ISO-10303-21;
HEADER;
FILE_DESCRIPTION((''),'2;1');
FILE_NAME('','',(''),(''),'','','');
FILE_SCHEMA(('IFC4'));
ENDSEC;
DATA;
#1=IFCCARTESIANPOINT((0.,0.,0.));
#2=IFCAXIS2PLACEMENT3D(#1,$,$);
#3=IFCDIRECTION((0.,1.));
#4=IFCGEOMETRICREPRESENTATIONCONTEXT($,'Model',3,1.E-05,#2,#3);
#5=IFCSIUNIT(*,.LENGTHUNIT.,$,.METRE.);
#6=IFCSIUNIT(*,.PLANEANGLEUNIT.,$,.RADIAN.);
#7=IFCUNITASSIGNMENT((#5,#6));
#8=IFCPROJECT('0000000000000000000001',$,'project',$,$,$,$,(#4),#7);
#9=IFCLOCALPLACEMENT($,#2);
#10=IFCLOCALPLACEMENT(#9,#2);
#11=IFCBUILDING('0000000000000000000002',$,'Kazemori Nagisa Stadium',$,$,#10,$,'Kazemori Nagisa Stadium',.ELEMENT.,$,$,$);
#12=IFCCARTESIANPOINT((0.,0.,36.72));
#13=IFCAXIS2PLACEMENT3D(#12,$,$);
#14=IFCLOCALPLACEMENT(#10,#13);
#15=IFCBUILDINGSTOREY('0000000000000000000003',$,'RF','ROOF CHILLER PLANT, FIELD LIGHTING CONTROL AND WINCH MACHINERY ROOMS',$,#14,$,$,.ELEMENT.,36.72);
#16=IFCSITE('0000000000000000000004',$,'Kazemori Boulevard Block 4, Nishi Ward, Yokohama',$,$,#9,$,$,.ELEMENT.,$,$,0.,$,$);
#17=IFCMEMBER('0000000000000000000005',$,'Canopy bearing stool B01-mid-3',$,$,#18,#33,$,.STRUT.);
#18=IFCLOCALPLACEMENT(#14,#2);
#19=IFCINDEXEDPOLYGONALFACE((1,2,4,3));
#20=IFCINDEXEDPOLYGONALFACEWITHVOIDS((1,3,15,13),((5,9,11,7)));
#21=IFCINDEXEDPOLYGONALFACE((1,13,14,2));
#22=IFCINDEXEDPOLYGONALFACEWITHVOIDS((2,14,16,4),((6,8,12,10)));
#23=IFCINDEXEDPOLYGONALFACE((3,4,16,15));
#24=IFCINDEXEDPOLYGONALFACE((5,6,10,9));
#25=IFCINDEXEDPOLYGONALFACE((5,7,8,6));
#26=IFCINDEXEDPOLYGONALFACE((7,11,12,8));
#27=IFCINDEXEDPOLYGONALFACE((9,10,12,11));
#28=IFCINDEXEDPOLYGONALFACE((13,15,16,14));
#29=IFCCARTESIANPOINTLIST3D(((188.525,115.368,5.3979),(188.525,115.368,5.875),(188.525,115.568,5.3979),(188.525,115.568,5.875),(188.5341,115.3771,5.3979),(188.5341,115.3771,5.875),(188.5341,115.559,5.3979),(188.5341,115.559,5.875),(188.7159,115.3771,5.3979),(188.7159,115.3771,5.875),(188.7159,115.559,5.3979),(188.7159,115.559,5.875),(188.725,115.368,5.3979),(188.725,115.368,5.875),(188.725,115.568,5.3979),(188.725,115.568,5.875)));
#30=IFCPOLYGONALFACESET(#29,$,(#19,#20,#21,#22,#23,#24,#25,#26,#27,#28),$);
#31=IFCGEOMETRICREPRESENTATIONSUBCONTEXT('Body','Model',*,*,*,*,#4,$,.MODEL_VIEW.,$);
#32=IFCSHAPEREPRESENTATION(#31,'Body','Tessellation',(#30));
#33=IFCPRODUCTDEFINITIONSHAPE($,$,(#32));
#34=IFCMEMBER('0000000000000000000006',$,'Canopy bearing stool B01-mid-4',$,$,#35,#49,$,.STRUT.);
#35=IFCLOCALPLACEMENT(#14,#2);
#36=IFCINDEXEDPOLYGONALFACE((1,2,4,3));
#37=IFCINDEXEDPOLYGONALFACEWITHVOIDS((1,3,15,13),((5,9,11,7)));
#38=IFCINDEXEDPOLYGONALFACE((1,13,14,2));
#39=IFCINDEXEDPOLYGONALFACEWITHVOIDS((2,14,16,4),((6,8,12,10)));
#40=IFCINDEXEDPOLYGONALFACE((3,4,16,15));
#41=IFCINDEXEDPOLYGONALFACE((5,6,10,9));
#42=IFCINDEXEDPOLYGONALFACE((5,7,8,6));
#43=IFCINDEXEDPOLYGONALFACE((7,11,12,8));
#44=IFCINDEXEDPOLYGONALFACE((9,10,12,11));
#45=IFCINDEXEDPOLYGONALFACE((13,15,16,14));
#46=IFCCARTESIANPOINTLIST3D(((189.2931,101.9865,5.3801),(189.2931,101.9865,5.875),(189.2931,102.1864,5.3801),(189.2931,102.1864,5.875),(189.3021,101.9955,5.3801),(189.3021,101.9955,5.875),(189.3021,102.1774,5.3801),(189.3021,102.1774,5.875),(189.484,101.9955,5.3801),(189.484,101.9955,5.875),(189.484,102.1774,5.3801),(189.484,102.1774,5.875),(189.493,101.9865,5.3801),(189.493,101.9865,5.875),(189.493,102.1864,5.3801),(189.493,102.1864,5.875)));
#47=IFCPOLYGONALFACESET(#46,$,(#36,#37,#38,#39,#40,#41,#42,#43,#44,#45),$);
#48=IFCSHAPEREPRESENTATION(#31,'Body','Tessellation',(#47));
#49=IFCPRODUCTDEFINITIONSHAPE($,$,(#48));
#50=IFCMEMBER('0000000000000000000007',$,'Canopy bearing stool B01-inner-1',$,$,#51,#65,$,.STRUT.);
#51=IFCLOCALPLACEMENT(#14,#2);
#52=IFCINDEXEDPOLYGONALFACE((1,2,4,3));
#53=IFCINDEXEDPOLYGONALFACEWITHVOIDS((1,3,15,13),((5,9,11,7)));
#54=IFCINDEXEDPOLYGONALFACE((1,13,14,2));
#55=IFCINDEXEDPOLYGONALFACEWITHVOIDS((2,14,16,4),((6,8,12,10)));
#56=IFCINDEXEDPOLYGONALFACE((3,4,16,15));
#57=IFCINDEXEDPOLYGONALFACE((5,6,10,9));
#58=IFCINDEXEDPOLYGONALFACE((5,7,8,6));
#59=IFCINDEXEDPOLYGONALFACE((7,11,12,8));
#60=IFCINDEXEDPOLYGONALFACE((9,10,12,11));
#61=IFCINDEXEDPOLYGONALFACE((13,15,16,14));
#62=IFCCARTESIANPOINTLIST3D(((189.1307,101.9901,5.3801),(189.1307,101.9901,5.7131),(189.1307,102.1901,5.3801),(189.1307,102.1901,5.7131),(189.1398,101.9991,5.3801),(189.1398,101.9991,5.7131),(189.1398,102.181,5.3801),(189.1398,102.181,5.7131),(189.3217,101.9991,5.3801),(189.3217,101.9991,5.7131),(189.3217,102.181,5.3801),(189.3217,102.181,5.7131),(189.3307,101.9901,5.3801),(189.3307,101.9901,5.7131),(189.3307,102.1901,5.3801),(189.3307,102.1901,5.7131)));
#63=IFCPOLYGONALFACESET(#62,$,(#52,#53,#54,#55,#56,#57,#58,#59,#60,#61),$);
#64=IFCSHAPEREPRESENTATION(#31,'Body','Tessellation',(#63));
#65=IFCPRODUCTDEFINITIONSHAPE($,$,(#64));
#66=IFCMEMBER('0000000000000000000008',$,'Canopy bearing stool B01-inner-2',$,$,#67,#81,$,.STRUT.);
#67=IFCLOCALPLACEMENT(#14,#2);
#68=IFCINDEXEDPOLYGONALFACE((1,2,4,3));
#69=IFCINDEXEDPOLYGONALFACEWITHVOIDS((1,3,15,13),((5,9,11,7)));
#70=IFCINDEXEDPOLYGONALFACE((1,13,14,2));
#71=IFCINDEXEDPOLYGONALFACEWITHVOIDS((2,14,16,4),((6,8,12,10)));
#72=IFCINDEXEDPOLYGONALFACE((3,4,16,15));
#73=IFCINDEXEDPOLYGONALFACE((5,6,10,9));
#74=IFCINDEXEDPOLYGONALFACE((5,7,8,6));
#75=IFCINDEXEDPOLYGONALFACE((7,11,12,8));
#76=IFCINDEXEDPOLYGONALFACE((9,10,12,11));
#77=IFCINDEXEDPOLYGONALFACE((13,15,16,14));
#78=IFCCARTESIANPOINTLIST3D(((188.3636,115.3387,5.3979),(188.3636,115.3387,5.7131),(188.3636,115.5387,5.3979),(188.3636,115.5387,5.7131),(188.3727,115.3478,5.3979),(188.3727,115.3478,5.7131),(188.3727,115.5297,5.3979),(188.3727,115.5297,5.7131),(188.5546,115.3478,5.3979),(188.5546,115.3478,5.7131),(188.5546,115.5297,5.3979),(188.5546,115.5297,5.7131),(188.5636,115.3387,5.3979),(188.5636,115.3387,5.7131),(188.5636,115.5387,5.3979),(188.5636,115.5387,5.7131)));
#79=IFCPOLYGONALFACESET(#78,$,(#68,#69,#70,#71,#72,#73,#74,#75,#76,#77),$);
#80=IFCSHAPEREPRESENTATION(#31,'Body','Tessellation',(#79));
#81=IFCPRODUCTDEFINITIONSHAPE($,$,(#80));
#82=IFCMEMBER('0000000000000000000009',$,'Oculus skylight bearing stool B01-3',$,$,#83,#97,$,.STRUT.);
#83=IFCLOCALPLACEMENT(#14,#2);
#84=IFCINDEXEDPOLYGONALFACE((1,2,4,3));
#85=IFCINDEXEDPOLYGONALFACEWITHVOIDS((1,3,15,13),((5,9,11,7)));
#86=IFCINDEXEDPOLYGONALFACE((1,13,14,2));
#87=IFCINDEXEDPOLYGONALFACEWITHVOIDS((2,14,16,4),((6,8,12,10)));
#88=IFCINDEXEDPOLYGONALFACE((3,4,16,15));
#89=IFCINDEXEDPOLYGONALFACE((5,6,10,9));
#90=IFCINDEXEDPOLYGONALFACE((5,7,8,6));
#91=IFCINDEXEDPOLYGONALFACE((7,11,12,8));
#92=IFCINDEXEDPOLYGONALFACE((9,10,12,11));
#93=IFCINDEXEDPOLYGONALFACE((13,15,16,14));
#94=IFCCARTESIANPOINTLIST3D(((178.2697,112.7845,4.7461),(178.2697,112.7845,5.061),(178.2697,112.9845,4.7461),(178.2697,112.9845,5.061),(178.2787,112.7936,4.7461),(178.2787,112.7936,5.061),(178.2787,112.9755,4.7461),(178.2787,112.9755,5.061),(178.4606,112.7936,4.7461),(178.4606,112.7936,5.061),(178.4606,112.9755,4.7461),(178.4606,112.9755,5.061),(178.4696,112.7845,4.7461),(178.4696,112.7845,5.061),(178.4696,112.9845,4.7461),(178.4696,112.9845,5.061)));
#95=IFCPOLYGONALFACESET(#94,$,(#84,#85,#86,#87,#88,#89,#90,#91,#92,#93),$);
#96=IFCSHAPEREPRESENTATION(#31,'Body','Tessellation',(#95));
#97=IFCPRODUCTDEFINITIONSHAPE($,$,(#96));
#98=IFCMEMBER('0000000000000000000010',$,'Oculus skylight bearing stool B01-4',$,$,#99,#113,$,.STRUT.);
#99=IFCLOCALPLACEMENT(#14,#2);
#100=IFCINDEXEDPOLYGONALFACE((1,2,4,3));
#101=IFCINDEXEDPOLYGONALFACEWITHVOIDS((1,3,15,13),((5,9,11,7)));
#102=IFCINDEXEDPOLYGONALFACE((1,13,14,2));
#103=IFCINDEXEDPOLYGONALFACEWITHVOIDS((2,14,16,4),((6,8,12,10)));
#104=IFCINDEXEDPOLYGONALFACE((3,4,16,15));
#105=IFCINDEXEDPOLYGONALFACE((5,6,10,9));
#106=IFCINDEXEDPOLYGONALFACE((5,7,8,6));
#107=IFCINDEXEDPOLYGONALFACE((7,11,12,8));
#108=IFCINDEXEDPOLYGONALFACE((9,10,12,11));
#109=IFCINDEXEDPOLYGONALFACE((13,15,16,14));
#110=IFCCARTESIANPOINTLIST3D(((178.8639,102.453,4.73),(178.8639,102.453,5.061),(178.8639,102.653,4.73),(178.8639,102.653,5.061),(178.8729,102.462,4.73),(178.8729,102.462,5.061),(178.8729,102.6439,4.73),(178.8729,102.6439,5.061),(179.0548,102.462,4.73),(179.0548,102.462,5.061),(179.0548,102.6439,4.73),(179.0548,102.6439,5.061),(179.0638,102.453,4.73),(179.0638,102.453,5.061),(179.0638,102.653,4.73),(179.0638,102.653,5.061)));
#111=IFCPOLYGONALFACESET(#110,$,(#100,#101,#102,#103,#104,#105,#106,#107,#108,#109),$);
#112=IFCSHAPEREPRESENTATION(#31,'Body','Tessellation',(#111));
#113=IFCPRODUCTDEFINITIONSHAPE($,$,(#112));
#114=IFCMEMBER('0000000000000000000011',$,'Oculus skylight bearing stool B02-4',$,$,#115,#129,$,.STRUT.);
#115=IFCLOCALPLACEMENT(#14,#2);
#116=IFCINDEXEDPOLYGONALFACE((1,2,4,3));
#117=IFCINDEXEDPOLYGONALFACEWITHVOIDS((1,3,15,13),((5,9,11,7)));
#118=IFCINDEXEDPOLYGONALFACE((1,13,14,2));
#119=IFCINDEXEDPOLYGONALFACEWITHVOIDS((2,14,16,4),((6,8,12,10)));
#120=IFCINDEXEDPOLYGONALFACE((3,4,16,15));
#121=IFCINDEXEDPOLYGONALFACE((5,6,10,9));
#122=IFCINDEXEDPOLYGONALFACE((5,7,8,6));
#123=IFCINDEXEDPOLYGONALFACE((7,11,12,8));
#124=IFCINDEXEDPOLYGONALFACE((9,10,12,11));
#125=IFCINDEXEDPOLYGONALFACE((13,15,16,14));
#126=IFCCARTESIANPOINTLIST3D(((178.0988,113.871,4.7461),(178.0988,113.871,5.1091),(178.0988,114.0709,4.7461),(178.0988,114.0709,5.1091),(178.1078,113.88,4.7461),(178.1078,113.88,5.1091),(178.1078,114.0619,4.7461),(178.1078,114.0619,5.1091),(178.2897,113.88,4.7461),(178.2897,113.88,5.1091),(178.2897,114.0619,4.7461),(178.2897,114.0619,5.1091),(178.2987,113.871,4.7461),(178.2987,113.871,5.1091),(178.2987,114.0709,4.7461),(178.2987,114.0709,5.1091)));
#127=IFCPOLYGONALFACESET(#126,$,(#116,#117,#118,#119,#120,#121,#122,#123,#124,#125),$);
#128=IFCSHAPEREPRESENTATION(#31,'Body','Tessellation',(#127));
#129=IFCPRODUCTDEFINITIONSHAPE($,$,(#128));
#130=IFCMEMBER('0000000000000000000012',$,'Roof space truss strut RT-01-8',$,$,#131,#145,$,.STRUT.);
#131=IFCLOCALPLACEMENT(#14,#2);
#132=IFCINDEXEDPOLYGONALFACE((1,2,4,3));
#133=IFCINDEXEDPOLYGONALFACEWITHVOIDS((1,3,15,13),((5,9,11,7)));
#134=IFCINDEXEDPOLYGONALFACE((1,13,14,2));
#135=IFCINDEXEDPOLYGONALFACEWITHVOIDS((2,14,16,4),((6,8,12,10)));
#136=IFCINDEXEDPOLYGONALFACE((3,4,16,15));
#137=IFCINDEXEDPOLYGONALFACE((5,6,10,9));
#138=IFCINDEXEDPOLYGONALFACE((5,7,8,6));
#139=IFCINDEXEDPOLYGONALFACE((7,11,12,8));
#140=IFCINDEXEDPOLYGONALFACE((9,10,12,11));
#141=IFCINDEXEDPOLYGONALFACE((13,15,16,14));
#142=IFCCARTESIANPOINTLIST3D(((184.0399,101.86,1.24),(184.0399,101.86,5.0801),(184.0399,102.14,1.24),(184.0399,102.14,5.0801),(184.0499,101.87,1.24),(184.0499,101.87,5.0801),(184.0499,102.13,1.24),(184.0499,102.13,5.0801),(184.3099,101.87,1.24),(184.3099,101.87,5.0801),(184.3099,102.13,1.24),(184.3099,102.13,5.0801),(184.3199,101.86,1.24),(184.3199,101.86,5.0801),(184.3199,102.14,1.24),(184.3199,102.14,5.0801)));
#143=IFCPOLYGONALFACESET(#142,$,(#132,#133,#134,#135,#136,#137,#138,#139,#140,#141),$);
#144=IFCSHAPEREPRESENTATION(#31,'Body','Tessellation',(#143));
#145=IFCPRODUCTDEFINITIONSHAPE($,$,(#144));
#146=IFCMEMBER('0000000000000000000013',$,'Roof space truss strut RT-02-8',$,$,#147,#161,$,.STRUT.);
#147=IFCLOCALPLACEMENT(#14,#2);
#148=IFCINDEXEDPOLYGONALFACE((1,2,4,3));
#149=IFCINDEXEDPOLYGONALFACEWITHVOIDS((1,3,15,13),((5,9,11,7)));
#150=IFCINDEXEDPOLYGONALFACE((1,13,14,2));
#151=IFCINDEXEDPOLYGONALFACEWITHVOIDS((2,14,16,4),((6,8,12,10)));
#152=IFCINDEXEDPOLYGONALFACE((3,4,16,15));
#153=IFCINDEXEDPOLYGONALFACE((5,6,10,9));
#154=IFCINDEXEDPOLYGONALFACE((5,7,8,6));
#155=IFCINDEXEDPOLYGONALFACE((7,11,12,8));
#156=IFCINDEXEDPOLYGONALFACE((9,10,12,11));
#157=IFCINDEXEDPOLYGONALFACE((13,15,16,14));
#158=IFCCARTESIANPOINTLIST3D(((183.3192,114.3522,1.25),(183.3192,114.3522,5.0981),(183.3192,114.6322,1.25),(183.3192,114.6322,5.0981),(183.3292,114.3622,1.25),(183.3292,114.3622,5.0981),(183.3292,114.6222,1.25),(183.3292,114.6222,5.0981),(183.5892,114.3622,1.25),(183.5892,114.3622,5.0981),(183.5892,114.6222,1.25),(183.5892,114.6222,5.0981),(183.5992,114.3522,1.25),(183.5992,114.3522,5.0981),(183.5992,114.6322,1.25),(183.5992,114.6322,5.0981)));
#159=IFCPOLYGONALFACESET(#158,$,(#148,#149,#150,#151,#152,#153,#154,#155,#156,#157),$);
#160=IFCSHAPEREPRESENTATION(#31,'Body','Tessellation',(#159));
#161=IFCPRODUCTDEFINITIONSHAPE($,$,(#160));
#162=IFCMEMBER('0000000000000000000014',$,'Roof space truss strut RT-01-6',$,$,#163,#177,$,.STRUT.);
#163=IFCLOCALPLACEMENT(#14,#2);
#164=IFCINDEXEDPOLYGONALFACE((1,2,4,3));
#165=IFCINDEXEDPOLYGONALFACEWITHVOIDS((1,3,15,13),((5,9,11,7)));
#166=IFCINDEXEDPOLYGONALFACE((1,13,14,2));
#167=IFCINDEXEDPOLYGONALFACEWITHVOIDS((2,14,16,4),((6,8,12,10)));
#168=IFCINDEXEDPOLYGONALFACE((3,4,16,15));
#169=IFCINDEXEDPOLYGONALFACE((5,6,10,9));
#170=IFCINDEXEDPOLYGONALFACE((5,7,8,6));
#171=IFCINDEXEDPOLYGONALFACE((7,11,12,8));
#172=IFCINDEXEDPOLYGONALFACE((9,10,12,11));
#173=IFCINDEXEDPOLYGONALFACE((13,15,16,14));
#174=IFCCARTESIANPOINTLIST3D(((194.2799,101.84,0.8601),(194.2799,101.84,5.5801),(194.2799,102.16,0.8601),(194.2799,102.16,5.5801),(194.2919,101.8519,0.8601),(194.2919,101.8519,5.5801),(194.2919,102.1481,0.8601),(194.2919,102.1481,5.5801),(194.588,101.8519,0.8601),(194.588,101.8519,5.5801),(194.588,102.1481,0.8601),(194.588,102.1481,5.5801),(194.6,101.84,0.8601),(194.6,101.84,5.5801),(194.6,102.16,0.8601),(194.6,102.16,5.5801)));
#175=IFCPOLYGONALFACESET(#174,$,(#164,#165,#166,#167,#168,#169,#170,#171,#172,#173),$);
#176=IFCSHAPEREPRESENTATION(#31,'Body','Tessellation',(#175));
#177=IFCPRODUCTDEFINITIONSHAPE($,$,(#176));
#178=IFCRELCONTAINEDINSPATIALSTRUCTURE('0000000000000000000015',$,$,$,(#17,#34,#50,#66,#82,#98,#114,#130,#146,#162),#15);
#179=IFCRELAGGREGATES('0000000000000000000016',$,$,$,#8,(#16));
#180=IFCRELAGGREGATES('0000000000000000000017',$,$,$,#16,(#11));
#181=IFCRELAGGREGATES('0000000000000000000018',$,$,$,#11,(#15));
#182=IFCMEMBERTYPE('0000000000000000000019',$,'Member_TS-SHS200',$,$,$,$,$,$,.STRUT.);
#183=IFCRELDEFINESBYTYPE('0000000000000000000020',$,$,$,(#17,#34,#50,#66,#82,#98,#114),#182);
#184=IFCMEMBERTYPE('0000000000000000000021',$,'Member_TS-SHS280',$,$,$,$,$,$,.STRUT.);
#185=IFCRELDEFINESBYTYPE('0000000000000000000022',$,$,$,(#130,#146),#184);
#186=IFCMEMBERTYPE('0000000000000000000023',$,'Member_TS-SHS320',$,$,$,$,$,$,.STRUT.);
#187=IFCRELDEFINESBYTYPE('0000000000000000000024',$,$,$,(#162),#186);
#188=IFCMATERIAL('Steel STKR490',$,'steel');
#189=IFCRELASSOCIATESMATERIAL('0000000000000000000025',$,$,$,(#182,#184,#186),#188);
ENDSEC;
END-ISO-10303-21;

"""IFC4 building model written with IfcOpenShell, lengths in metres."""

from ifc_helpers import new_model, si_unit, direction, frame, origin, origin_2d, place, context, subcontext, project, spatial, hollow_rectangle, extrude, material, material_profile, profile_set, type_object, element, save


model = new_model("IFC4")

# Units and contexts
model_context = context("Model", 3, precision=1e-05, world=origin(), true_north=direction((0.0, 1.0)))
body_context = subcontext(model_context, "Body", "Model", "MODEL_VIEW")
ifc_project = project(units=[si_unit("LENGTHUNIT", "METRE"), si_unit("PLANEANGLEUNIT", "RADIAN")], contexts=[model_context])

# Site, building, storey
site_placement = place(None, origin())
site = spatial("IfcSite", under=ifc_project, at=site_placement, Name="Kazemori Boulevard Block 4, Nishi Ward, Yokohama", CompositionType="ELEMENT", RefElevation=0.0)
building_placement = place(site_placement, origin())
building = spatial("IfcBuilding", under=site, at=building_placement, Name="Kazemori Nagisa Stadium", LongName="Kazemori Nagisa Stadium", CompositionType="ELEMENT")
storey_placement = place(building_placement, frame((0.0, 0.0, 36.72)))
storey = spatial("IfcBuildingStorey", under=building, at=storey_placement, Name="RF", Description="ROOF CHILLER PLANT, FIELD LIGHTING CONTROL AND WINCH MACHINERY ROOMS", CompositionType="ELEMENT", Elevation=36.72)

# Members
ifc_material_1 = material(Name="Steel STKR490", Category="steel")
ifc_material_profile_1 = material_profile(ifc_material_1, hollow_rectangle(XDim=0.2, YDim=0.2, WallThickness=0.009, at=origin_2d()), Name="SHS-200x200x9")
ifc_profile_set_1 = profile_set([ifc_material_profile_1], Name="Steel STKR490")
member_type_1 = type_object("IfcMemberType", Name="Member_TS-SHS200", PredefinedType="STRUT", material=ifc_profile_set_1)
member_1_placement = place(storey_placement, frame((188.625, 115.468, 5.3979), z_axis=(0.0, 0.0, 1.0), x_axis=(1.0, 0.0, 0.0)))
element("IfcMember", 1, at=member_1_placement, inside=storey, type_object=member_type_1, Name="Canopy bearing stool B01-mid-3", PredefinedType="STRUT", context=body_context, shape_type="SweptSolid", body=[
    extrude(hollow_rectangle(XDim=0.2, YDim=0.2, WallThickness=0.009, at=origin_2d()), origin(), (0.0, 0.0, 1.0), 0.4771),
])
member_2_placement = place(storey_placement, frame((189.3931, 102.0864, 5.3801), z_axis=(0.0, 0.0, 1.0), x_axis=(1.0, 0.0, 0.0)))
element("IfcMember", 2, at=member_2_placement, inside=storey, type_object=member_type_1, Name="Canopy bearing stool B01-mid-4", PredefinedType="STRUT", context=body_context, shape_type="SweptSolid", body=[
    extrude(hollow_rectangle(XDim=0.2, YDim=0.2, WallThickness=0.009, at=origin_2d()), origin(), (0.0, 0.0, 1.0), 0.4949),
])
member_3_placement = place(storey_placement, frame((189.2307, 102.0901, 5.3801), z_axis=(0.0, 0.0, 1.0), x_axis=(1.0, 0.0, 0.0)))
element("IfcMember", 3, at=member_3_placement, inside=storey, type_object=member_type_1, Name="Canopy bearing stool B01-inner-1", PredefinedType="STRUT", context=body_context, shape_type="SweptSolid", body=[
    extrude(hollow_rectangle(XDim=0.2, YDim=0.2, WallThickness=0.009, at=origin_2d()), origin(), (0.0, 0.0, 1.0), 0.333),
])
member_4_placement = place(storey_placement, frame((188.4636, 115.4387, 5.3979), z_axis=(0.0, 0.0, 1.0), x_axis=(1.0, 0.0, 0.0)))
element("IfcMember", 4, at=member_4_placement, inside=storey, type_object=member_type_1, Name="Canopy bearing stool B01-inner-2", PredefinedType="STRUT", context=body_context, shape_type="SweptSolid", body=[
    extrude(hollow_rectangle(XDim=0.2, YDim=0.2, WallThickness=0.009, at=origin_2d()), origin(), (0.0, 0.0, 1.0), 0.3152),
])
member_5_placement = place(storey_placement, frame((178.3696, 112.8845, 4.7461), z_axis=(0.0, 0.0, 1.0), x_axis=(1.0, 0.0, 0.0)))
element("IfcMember", 5, at=member_5_placement, inside=storey, type_object=member_type_1, Name="Oculus skylight bearing stool B01-3", PredefinedType="STRUT", context=body_context, shape_type="SweptSolid", body=[
    extrude(hollow_rectangle(XDim=0.2, YDim=0.2, WallThickness=0.009, at=origin_2d()), origin(), (0.0, 0.0, 1.0), 0.3149),
])
member_6_placement = place(storey_placement, frame((178.9639, 102.553, 4.73), z_axis=(0.0, 0.0, 1.0), x_axis=(1.0, 0.0, 0.0)))
element("IfcMember", 6, at=member_6_placement, inside=storey, type_object=member_type_1, Name="Oculus skylight bearing stool B01-4", PredefinedType="STRUT", context=body_context, shape_type="SweptSolid", body=[
    extrude(hollow_rectangle(XDim=0.2, YDim=0.2, WallThickness=0.009, at=origin_2d()), origin(), (0.0, 0.0, 1.0), 0.3311),
])
member_7_placement = place(storey_placement, frame((178.1987, 113.9709, 4.7461), z_axis=(0.0, 0.0, 1.0), x_axis=(1.0, 0.0, 0.0)))
element("IfcMember", 7, at=member_7_placement, inside=storey, type_object=member_type_1, Name="Oculus skylight bearing stool B02-4", PredefinedType="STRUT", context=body_context, shape_type="SweptSolid", body=[
    extrude(hollow_rectangle(XDim=0.2, YDim=0.2, WallThickness=0.009, at=origin_2d()), origin(), (0.0, 0.0, 1.0), 0.363),
])
ifc_material_profile_2 = material_profile(ifc_material_1, hollow_rectangle(XDim=0.28, YDim=0.28, WallThickness=0.01, at=origin_2d()), Name="SHS-280x280x10")
ifc_profile_set_2 = profile_set([ifc_material_profile_2], Name="Steel STKR490")
member_type_2 = type_object("IfcMemberType", Name="Member_TS-SHS280", PredefinedType="STRUT", material=ifc_profile_set_2)
member_8_placement = place(storey_placement, frame((184.1799, 102.0, 1.24), z_axis=(0.0, 0.0, 1.0), x_axis=(1.0, 0.0, 0.0)))
element("IfcMember", 8, at=member_8_placement, inside=storey, type_object=member_type_2, Name="Roof space truss strut RT-01-8", PredefinedType="STRUT", context=body_context, shape_type="SweptSolid", body=[
    extrude(hollow_rectangle(XDim=0.28, YDim=0.28, WallThickness=0.01, at=origin_2d()), origin(), (0.0, 0.0, 1.0), 3.8401),
])
member_9_placement = place(storey_placement, frame((183.4592, 114.4922, 1.25), z_axis=(0.0, 0.0, 1.0), x_axis=(1.0, 0.0, 0.0)))
element("IfcMember", 9, at=member_9_placement, inside=storey, type_object=member_type_2, Name="Roof space truss strut RT-02-8", PredefinedType="STRUT", context=body_context, shape_type="SweptSolid", body=[
    extrude(hollow_rectangle(XDim=0.28, YDim=0.28, WallThickness=0.01, at=origin_2d()), origin(), (0.0, 0.0, 1.0), 3.8481),
])
ifc_material_profile_3 = material_profile(ifc_material_1, hollow_rectangle(XDim=0.3201, YDim=0.3201, WallThickness=0.012, at=origin_2d()), Name="SHS-320x320x12")
ifc_profile_set_3 = profile_set([ifc_material_profile_3], Name="Steel STKR490")
member_type_3 = type_object("IfcMemberType", Name="Member_TS-SHS320", PredefinedType="STRUT", material=ifc_profile_set_3)
member_10_placement = place(storey_placement, frame((194.4399, 102.0, 0.8601), z_axis=(0.0, 0.0, 1.0), x_axis=(1.0, 0.0, 0.0)))
element("IfcMember", 10, at=member_10_placement, inside=storey, type_object=member_type_3, Name="Roof space truss strut RT-01-6", PredefinedType="STRUT", context=body_context, shape_type="SweptSolid", body=[
    extrude(hollow_rectangle(XDim=0.3201, YDim=0.3201, WallThickness=0.012, at=origin_2d()), origin(), (0.0, 0.0, 1.0), 4.72),
])

save(model, "model.ifc")
